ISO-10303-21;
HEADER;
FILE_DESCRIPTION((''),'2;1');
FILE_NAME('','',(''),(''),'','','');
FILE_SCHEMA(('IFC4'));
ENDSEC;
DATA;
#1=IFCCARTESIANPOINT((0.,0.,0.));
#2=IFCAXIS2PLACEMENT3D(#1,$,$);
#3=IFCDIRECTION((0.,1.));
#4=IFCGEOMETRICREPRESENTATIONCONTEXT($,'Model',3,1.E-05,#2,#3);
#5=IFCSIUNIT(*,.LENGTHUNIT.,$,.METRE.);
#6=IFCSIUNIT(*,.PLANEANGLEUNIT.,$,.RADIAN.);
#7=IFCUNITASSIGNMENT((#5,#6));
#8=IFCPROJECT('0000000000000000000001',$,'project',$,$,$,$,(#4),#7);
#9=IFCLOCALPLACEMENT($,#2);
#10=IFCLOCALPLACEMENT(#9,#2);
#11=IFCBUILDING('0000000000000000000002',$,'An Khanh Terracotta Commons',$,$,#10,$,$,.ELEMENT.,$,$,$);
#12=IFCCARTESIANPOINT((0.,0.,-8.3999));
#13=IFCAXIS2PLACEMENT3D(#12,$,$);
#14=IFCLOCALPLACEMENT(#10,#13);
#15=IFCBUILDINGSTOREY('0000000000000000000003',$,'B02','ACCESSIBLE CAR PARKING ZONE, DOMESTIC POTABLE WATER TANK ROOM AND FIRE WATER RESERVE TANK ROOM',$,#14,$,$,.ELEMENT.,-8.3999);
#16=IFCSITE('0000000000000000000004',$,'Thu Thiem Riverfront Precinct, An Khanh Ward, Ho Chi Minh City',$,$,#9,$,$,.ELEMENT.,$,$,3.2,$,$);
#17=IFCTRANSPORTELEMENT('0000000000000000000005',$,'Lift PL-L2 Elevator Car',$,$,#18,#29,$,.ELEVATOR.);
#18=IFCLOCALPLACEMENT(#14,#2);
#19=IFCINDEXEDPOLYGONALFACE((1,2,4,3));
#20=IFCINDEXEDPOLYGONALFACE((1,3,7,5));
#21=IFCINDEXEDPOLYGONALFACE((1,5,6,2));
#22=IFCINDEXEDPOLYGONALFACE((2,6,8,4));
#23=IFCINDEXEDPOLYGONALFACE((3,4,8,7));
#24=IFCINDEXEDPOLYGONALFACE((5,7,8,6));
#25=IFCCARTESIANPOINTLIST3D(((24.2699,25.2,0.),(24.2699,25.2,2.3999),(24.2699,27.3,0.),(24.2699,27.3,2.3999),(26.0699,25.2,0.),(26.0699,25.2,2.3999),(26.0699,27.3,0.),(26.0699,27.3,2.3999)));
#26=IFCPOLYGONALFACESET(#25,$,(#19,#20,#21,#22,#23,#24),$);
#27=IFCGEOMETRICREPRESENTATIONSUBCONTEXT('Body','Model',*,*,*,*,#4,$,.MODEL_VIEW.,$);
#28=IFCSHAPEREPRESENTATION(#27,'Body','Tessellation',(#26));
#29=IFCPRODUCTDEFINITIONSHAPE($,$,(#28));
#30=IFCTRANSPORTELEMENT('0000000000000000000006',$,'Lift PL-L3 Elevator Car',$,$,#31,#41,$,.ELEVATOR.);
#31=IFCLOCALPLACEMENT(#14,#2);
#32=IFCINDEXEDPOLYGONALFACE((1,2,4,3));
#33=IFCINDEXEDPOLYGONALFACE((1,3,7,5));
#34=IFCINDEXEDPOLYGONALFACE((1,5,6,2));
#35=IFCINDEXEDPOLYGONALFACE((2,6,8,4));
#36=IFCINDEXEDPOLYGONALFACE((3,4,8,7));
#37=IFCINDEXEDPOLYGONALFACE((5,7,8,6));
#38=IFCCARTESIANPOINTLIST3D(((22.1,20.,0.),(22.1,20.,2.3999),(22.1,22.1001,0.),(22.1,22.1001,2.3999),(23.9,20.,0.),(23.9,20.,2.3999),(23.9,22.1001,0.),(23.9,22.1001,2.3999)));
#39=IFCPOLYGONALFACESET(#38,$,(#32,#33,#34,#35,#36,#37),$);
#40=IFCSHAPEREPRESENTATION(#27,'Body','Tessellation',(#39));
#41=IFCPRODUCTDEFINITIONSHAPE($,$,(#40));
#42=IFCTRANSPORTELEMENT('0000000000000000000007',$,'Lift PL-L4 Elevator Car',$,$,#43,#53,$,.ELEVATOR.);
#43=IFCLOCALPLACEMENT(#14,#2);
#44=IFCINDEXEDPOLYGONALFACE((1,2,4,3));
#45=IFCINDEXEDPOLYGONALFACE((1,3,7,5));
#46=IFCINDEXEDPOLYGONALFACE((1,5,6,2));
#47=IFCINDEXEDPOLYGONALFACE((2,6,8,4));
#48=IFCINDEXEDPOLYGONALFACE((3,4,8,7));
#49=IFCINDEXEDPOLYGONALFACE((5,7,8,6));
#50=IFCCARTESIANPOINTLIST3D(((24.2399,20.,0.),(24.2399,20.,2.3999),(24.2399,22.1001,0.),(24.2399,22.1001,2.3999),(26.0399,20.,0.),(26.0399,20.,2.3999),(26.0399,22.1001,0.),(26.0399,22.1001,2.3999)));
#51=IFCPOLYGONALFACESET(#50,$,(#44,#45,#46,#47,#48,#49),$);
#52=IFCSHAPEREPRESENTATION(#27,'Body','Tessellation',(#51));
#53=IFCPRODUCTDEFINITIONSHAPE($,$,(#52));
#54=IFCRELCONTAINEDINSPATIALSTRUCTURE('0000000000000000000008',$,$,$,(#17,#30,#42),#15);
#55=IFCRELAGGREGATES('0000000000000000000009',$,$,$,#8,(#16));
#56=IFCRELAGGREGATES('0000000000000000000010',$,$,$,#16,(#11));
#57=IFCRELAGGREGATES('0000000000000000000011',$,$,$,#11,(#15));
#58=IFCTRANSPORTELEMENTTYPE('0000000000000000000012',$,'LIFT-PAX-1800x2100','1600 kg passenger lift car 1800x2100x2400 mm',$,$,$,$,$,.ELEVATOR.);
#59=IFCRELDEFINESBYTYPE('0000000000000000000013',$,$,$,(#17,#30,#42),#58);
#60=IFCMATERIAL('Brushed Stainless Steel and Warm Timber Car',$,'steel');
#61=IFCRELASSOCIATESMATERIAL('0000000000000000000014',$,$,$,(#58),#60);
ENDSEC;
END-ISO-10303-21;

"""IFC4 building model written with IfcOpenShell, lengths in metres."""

from ifc_helpers import new_model, si_unit, direction, frame, origin, origin_2d, place, context, subcontext, project, spatial, rectangle, extrude, material, type_object, element, save


model = new_model("IFC4")

# Units and contexts
model_context = context("Model", 3, precision=1e-05, world=origin(), true_north=direction((0.0, 1.0)))
body_context = subcontext(model_context, "Body", "Model", "MODEL_VIEW")
ifc_project = project(units=[si_unit("LENGTHUNIT", "METRE"), si_unit("PLANEANGLEUNIT", "RADIAN")], contexts=[model_context])

# Site, building, storey
site_placement = place(None, origin())
site = spatial("IfcSite", under=ifc_project, at=site_placement, Name="Thu Thiem Riverfront Precinct, An Khanh Ward, Ho Chi Minh City", CompositionType="ELEMENT", RefElevation=3.2)
building_placement = place(site_placement, origin())
building = spatial("IfcBuilding", under=site, at=building_placement, Name="An Khanh Terracotta Commons", CompositionType="ELEMENT")
storey_placement = place(building_placement, frame((0.0, 0.0, -8.3999)))
storey = spatial("IfcBuildingStorey", under=building, at=storey_placement, Name="B02", Description="ACCESSIBLE CAR PARKING ZONE, DOMESTIC POTABLE WATER TANK ROOM AND FIRE WATER RESERVE TANK ROOM", CompositionType="ELEMENT", Elevation=-8.3999)

# Transport elements
ifc_material_1 = material(Name="Brushed Stainless Steel and Warm Timber Car", Category="steel")
transport_element_type = type_object("IfcTransportElementType", Name="LIFT-PAX-1800x2100", Description="1600 kg passenger lift car 1800x2100x2400 mm", PredefinedType="ELEVATOR", material=ifc_material_1)
for number, where, z_axis, x_axis, name in (
    (1, (25.1699, 26.25, 0.0), (0.0, 0.0, 1.0), (1.0, 0.0, 0.0), "Lift PL-L2 Elevator Car"),
    (2, (23.0, 21.05, 0.0), (0.0, 0.0, 1.0), (1.0, 0.0, 0.0), "Lift PL-L3 Elevator Car"),
    (3, (25.1399, 21.05, 0.0), (0.0, 0.0, 1.0), (1.0, 0.0, 0.0), "Lift PL-L4 Elevator Car"),
):
    element("IfcTransportElement", number, at=place(storey_placement, frame(where, z_axis=z_axis, x_axis=x_axis)), inside=storey, type_object=transport_element_type, Name=name, PredefinedType="ELEVATOR", context=body_context, shape_type="SweptSolid", body=[
        extrude(rectangle(XDim=1.8, YDim=2.1001, at=origin_2d()), origin(), (0.0, 0.0, 1.0), 2.3999),
    ])

save(model, "model.ifc")
